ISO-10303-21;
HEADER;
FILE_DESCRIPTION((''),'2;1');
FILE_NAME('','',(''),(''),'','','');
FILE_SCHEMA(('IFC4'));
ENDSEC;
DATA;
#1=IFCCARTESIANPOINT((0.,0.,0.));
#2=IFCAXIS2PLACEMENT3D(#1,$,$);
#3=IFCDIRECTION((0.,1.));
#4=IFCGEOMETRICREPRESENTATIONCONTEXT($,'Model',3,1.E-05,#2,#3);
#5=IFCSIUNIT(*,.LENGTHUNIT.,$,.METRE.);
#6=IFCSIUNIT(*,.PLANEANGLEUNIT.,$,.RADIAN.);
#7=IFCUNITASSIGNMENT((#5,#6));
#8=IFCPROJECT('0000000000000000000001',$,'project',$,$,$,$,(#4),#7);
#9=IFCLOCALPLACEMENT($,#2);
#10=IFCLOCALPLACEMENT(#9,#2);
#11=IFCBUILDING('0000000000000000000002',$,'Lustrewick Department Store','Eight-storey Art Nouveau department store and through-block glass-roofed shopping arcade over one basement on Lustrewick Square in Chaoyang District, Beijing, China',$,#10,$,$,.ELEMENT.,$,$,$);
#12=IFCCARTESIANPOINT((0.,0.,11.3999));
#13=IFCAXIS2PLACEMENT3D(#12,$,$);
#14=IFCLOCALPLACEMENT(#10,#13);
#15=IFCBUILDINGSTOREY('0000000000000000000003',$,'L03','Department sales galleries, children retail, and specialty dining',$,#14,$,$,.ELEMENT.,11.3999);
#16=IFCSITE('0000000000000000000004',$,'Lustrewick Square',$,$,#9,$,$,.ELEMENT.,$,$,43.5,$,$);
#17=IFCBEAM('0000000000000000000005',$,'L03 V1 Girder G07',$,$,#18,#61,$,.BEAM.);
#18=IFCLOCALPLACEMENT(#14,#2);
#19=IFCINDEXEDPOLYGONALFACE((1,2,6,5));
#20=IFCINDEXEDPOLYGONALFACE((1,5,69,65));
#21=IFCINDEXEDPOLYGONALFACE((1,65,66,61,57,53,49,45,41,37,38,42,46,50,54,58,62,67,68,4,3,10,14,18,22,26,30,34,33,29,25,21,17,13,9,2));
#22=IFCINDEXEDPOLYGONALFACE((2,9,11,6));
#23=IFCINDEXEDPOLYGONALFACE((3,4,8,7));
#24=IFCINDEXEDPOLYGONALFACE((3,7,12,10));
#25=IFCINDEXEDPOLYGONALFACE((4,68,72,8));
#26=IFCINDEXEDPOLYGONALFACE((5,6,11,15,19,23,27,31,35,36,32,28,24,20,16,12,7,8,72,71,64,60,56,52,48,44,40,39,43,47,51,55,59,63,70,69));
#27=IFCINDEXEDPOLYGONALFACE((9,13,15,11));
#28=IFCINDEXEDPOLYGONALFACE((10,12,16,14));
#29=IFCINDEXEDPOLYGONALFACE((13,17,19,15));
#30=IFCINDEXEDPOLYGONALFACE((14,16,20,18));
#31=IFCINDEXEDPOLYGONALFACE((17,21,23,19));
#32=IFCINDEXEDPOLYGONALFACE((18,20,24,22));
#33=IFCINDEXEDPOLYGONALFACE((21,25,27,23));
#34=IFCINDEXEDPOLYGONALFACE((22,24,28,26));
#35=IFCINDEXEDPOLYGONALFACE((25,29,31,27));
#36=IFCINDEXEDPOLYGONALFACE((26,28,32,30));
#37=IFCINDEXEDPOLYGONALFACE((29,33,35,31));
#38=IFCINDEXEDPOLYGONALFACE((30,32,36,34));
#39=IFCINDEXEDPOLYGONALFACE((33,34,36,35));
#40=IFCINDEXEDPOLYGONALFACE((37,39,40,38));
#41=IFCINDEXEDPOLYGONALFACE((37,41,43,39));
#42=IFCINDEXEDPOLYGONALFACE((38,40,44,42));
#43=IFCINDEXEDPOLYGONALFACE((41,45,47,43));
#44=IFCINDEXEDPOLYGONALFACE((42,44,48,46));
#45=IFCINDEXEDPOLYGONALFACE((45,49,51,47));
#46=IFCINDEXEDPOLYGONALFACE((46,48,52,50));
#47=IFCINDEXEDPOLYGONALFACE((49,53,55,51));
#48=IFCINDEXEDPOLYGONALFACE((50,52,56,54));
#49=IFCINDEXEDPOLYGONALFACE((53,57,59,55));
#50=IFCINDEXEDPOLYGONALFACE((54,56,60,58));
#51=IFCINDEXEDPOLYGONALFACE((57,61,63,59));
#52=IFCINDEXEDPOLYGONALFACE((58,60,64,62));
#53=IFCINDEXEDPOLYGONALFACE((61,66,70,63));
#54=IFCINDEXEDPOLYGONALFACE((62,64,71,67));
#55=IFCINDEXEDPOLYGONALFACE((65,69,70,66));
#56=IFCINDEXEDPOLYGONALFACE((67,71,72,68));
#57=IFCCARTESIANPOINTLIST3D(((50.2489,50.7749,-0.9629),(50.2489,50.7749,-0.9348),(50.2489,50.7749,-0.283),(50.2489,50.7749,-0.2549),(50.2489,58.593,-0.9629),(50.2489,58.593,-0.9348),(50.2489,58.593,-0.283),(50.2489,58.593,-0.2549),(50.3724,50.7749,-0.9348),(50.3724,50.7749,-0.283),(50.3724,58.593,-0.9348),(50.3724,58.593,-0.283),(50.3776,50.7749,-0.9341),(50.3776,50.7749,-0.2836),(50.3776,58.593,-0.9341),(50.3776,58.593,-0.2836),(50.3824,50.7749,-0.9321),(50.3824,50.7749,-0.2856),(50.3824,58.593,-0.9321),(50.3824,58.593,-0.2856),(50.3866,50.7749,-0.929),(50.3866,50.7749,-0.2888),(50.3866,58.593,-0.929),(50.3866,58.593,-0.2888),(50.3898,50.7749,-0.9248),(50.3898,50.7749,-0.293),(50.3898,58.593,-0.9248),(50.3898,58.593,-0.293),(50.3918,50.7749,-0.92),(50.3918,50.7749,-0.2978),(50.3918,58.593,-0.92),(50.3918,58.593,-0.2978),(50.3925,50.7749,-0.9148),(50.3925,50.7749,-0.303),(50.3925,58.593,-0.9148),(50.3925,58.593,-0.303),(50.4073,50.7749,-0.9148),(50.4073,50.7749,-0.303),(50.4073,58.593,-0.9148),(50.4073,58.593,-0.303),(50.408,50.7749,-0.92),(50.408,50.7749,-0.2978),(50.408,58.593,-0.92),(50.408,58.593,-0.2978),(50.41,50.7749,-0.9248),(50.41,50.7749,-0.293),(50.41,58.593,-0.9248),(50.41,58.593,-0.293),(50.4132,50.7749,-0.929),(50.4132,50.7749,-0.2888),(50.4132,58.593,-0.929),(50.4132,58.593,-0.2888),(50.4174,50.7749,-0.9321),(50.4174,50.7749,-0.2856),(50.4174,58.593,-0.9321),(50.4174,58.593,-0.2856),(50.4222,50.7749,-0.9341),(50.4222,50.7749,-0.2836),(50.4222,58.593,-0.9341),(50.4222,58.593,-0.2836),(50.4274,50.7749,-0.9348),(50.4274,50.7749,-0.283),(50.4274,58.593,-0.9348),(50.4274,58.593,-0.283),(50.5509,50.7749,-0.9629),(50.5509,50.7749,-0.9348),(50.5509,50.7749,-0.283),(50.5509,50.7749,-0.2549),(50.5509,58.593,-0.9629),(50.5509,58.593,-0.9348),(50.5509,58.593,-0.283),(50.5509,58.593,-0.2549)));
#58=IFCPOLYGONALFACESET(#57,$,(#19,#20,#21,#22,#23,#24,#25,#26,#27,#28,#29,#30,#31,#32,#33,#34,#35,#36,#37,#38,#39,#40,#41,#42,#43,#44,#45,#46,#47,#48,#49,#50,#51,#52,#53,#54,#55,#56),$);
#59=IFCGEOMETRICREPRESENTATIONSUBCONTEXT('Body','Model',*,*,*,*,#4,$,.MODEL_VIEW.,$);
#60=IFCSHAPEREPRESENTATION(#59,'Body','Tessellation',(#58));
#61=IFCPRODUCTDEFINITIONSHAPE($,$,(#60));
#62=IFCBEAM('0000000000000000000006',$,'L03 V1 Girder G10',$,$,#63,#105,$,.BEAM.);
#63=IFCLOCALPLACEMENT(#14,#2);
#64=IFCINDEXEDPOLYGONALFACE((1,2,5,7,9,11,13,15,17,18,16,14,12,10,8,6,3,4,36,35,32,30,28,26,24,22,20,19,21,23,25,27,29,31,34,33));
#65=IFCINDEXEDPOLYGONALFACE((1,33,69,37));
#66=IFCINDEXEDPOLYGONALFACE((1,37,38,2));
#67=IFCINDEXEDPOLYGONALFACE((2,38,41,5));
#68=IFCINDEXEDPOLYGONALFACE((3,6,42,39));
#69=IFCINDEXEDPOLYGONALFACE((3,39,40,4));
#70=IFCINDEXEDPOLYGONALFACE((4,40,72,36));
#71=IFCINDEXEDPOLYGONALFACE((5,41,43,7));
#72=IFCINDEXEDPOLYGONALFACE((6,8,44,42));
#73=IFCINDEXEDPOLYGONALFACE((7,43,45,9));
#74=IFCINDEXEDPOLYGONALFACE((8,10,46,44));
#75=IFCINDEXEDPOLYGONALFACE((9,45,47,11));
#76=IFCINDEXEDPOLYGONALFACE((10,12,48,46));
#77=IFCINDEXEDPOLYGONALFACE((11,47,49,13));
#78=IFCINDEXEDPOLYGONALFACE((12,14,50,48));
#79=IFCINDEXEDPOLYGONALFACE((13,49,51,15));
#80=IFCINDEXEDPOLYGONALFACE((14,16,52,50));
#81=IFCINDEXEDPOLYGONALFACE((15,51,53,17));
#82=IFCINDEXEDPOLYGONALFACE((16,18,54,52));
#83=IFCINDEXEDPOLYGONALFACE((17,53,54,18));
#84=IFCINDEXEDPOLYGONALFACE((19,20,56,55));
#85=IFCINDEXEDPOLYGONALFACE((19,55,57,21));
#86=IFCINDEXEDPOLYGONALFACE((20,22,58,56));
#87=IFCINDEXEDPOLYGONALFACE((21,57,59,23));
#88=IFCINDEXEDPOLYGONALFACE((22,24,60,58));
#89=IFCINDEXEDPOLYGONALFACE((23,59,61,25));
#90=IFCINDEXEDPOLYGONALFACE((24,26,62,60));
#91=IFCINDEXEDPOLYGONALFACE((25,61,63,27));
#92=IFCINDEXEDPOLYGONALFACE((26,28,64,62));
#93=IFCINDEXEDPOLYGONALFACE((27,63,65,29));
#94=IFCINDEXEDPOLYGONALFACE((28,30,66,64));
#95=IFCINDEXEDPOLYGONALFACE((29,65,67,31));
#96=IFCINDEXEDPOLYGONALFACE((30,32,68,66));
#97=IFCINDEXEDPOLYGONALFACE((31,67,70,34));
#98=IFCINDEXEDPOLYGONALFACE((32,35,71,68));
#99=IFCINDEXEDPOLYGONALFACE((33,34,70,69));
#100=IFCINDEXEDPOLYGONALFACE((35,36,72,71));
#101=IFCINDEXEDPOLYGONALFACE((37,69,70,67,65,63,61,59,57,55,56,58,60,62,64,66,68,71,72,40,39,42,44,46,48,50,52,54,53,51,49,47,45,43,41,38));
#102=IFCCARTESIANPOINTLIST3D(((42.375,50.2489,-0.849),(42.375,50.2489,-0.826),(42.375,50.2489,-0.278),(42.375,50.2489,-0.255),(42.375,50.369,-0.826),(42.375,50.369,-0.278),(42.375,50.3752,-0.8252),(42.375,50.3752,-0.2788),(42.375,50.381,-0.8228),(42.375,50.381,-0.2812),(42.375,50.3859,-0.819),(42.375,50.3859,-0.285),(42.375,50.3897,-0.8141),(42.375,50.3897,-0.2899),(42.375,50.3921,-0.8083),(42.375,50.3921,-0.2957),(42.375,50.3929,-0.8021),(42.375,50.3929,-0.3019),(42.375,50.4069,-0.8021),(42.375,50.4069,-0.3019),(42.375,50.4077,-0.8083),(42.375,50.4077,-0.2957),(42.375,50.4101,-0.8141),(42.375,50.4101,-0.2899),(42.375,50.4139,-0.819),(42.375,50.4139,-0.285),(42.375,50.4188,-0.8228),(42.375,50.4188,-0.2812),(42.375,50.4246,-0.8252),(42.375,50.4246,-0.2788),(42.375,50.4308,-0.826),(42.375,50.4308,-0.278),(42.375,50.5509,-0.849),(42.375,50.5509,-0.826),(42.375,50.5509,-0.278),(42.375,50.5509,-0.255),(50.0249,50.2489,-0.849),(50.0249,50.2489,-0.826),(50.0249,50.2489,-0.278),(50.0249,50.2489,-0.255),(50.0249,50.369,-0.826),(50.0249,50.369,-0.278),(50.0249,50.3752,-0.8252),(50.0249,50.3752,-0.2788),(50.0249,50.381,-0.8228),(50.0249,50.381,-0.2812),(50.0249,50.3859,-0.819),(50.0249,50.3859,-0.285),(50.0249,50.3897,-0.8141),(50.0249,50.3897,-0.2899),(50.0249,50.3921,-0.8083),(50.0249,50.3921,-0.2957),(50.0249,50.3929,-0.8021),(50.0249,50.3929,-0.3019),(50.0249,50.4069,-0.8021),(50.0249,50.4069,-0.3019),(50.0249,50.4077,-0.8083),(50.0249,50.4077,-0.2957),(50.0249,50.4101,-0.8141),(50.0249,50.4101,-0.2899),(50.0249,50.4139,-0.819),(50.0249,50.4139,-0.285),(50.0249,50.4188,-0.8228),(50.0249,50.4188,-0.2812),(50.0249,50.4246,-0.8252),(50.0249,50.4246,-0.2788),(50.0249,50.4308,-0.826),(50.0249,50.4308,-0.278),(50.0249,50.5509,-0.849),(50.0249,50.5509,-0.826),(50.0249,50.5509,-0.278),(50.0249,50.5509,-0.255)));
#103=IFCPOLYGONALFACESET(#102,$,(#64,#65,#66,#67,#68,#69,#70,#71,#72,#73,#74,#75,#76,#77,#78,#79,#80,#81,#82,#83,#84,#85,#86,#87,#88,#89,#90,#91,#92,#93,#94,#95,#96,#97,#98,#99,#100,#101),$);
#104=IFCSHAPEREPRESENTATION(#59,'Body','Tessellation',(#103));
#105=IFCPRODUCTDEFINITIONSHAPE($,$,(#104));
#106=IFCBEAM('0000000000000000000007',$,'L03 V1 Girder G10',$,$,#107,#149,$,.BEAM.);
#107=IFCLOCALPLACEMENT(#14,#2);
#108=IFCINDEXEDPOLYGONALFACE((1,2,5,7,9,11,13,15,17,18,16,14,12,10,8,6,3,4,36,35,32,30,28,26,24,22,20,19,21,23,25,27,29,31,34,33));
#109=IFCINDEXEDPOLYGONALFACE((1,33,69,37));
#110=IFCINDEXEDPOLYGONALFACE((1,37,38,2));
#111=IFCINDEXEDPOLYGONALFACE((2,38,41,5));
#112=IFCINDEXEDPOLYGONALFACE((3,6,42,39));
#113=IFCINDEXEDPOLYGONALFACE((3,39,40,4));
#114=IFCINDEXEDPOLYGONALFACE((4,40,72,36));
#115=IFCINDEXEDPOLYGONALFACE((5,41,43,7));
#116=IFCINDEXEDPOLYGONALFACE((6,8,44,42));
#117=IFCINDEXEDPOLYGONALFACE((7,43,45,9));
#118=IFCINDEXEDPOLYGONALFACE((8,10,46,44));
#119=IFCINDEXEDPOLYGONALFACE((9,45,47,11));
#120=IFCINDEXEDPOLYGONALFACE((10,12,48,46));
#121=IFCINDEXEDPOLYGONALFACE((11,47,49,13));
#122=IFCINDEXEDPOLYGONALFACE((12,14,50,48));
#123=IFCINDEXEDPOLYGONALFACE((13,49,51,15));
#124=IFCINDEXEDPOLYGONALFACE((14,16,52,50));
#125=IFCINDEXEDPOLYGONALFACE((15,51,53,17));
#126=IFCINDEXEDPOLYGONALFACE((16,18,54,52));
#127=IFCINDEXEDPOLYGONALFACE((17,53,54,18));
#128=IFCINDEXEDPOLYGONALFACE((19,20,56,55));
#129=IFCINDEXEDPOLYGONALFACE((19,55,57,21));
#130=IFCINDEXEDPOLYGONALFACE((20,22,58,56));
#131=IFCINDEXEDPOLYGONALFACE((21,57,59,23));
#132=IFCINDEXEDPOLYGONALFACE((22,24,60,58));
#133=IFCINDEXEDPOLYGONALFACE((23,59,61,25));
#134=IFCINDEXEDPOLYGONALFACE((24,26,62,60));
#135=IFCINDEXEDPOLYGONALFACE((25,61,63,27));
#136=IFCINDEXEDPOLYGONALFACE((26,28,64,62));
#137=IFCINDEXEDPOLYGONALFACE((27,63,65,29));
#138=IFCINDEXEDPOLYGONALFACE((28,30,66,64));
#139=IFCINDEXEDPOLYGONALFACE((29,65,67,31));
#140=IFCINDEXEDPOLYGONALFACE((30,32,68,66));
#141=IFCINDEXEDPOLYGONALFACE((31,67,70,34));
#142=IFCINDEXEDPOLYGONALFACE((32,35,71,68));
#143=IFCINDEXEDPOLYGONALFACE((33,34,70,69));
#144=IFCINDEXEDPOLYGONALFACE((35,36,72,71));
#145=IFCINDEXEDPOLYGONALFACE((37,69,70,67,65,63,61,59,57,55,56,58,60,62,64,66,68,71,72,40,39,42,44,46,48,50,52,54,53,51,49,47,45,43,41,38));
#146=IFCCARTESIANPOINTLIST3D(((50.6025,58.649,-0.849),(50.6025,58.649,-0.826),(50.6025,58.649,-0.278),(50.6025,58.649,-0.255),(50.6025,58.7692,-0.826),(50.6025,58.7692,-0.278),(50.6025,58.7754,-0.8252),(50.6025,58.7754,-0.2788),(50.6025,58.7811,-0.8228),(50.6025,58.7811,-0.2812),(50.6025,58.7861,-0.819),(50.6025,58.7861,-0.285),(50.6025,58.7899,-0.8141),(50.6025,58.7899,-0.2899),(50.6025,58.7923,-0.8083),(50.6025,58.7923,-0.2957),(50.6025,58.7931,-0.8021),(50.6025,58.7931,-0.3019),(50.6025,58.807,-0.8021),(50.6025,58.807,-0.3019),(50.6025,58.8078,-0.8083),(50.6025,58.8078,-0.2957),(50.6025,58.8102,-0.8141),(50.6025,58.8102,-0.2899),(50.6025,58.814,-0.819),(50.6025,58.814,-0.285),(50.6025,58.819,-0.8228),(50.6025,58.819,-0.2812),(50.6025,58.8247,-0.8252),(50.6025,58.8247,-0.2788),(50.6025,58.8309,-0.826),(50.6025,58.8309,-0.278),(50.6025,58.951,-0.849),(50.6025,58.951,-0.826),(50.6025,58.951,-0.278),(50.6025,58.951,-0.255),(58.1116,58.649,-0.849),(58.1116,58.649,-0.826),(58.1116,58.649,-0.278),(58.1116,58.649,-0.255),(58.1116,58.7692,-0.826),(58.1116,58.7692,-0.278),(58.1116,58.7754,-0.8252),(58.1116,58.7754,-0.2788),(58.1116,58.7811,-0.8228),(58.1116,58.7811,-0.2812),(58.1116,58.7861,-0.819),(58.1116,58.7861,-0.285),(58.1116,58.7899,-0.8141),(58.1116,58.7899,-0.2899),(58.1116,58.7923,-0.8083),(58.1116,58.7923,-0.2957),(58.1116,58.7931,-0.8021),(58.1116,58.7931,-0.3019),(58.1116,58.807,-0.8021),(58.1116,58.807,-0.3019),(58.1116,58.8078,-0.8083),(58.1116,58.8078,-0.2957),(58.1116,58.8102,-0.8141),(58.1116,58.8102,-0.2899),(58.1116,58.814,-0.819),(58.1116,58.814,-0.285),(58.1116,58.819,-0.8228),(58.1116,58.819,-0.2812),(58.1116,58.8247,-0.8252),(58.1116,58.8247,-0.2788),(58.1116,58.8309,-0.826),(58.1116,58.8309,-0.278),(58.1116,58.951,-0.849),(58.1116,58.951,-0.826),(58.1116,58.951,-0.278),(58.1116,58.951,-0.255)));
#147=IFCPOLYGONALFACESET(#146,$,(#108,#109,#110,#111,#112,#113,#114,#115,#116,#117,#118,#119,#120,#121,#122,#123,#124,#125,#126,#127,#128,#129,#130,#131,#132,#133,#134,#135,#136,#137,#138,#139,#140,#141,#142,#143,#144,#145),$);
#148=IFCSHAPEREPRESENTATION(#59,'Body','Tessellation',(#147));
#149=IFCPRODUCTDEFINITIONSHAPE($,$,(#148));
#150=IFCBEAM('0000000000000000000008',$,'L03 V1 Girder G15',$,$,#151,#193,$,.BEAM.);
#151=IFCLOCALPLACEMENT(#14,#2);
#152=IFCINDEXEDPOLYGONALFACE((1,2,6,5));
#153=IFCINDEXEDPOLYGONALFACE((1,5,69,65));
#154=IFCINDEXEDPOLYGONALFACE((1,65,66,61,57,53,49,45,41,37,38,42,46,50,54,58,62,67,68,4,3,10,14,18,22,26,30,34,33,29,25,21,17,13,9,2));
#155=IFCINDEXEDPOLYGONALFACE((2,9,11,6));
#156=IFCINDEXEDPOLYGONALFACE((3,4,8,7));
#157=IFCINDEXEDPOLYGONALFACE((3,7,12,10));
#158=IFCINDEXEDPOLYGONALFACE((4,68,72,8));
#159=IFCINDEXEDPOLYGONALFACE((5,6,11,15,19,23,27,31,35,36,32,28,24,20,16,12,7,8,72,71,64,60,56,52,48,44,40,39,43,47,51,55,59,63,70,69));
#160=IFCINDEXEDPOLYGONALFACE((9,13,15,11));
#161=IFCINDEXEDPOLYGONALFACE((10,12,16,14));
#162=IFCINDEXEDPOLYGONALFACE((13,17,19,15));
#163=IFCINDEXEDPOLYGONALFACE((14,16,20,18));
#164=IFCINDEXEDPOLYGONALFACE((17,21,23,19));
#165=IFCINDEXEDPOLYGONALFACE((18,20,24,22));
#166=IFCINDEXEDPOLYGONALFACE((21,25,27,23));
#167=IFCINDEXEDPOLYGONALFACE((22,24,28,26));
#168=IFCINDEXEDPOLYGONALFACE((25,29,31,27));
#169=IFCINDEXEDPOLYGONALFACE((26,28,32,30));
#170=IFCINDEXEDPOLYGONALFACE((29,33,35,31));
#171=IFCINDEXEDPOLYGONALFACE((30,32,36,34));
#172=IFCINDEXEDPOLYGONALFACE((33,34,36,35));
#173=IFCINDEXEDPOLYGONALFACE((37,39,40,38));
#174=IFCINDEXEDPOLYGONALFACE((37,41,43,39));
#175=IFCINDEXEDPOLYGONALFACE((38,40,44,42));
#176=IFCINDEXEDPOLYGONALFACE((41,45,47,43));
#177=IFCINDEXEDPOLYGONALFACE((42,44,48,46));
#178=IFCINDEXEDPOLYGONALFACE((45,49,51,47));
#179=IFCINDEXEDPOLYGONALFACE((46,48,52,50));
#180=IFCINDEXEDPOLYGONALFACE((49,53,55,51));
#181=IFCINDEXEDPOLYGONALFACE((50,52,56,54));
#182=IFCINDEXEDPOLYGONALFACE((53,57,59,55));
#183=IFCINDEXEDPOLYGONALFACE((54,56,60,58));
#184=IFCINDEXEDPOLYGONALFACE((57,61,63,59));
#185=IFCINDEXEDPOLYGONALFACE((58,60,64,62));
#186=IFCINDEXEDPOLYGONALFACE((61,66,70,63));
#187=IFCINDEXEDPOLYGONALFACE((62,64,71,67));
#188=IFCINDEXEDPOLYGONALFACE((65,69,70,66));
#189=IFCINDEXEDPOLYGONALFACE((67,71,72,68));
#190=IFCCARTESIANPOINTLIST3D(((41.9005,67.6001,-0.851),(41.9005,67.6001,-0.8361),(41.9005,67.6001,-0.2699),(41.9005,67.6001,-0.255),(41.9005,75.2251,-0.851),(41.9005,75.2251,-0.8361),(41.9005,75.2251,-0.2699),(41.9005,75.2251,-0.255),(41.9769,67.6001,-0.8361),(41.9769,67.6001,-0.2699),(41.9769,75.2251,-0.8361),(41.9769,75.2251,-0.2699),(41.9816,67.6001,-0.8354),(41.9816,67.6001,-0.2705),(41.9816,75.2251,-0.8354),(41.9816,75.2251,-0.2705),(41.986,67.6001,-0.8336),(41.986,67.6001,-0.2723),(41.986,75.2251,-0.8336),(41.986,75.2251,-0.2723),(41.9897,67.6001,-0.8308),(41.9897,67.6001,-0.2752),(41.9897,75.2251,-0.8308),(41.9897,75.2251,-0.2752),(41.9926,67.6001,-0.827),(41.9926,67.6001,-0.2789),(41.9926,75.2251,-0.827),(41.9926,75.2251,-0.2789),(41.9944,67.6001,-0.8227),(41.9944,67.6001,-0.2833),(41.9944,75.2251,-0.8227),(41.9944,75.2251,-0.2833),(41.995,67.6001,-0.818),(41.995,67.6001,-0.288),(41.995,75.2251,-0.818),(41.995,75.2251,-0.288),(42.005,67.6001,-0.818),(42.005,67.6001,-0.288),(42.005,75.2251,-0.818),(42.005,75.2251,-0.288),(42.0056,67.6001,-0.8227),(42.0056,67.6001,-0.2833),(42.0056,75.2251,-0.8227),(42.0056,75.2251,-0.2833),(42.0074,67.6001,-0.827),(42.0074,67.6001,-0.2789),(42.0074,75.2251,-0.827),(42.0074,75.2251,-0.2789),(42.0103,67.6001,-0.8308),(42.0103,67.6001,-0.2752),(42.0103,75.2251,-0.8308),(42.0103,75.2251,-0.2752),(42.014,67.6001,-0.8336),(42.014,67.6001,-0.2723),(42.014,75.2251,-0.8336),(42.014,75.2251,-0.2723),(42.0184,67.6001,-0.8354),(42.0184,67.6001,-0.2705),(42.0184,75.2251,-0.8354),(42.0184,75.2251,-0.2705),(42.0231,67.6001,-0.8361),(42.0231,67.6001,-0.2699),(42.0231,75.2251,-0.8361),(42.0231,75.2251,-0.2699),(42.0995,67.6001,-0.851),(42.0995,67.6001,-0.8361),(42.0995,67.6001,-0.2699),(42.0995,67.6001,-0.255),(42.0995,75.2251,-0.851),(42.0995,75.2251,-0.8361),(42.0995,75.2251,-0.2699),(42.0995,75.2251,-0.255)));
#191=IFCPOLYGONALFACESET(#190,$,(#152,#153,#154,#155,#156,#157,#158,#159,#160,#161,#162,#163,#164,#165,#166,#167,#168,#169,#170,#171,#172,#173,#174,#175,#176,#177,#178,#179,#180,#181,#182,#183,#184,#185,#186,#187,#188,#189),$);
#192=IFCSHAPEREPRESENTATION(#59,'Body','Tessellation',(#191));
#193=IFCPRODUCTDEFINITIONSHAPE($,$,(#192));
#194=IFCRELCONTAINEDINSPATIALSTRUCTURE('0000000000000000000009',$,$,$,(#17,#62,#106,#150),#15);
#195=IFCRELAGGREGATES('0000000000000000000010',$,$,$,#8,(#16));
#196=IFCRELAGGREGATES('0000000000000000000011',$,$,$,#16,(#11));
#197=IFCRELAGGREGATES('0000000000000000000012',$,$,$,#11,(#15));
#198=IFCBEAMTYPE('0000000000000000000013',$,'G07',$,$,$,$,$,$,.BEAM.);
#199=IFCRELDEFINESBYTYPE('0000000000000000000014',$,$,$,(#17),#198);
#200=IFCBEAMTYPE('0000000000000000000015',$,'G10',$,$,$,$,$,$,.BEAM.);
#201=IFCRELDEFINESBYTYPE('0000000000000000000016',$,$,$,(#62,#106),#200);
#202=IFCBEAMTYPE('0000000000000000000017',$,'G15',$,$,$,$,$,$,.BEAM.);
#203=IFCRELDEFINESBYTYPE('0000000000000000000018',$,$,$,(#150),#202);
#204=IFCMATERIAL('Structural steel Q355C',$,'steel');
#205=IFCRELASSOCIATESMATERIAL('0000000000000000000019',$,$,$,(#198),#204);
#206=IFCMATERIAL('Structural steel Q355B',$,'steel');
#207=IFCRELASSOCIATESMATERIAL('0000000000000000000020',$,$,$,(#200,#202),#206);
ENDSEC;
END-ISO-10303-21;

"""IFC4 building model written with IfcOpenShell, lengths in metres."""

from ifc_helpers import new_model, si_unit, direction, frame, origin, origin_2d, place, context, subcontext, project, spatial, i_section, extrude, material, material_profile, profile_set, type_object, element, save


model = new_model("IFC4")

# Units and contexts
model_context = context("Model", 3, precision=1e-05, world=origin(), true_north=direction((0.0, 1.0)))
body_context = subcontext(model_context, "Body", "Model", "MODEL_VIEW")
ifc_project = project(units=[si_unit("LENGTHUNIT", "METRE"), si_unit("PLANEANGLEUNIT", "RADIAN")], contexts=[model_context])

# Site, building, storey
site_placement = place(None, origin())
site = spatial("IfcSite", under=ifc_project, at=site_placement, Name="Lustrewick Square", CompositionType="ELEMENT", RefElevation=43.5)
building_placement = place(site_placement, origin())
building = spatial("IfcBuilding", under=site, at=building_placement, Name="Lustrewick Department Store", Description="Eight-storey Art Nouveau department store and through-block glass-roofed shopping arcade over one basement on Lustrewick Square in Chaoyang District, Beijing, China", CompositionType="ELEMENT")
storey_placement = place(building_placement, frame((0.0, 0.0, 11.3999)))
storey = spatial("IfcBuildingStorey", under=building, at=storey_placement, Name="L03", Description="Department sales galleries, children retail, and specialty dining", CompositionType="ELEMENT", Elevation=11.3999)

# Shared definitions
ifc_material_1 = material(Name="Structural steel Q355B", Category="steel")
ifc_material_2 = material(Name="Structural steel Q355C", Category="steel")

# Beams
ifc_material_profile_1 = material_profile(ifc_material_2, i_section(OverallWidth=0.302, OverallDepth=0.708, WebThickness=0.0149, FlangeThickness=0.0281, FilletRadius=0.02, at=origin_2d()), Name="HN 708x302x15x28")
ifc_profile_set_1 = profile_set([ifc_material_profile_1], Name="Structural steel Q355C")
beam_type_1 = type_object("IfcBeamType", Name="G07", PredefinedType="BEAM", material=ifc_profile_set_1)
beam_1_placement = place(storey_placement, frame((50.3999, 50.7749, -0.6089), z_axis=(0.0, 1.0, 0.0), x_axis=(-1.0, 0.0, 0.0)))
element("IfcBeam", 1, at=beam_1_placement, inside=storey, type_object=beam_type_1, Name="L03 V1 Girder G07", PredefinedType="BEAM", context=body_context, shape_type="SweptSolid", body=[
    extrude(i_section(OverallWidth=0.302, OverallDepth=0.708, WebThickness=0.0149, FlangeThickness=0.0281, FilletRadius=0.02, at=origin_2d()), origin(), (0.0, 0.0, 1.0), 7.8181),
])
ifc_material_profile_2 = material_profile(ifc_material_1, i_section(OverallWidth=0.302, OverallDepth=0.594, WebThickness=0.0139, FlangeThickness=0.0229, FilletRadius=0.0239, at=origin_2d()), Name="HM 594x302x14x23")
ifc_profile_set_2 = profile_set([ifc_material_profile_2], Name="Structural steel Q355B")
beam_type_2 = type_object("IfcBeamType", Name="G10", PredefinedType="BEAM", material=ifc_profile_set_2)
beam_2_placement = place(storey_placement, frame((42.375, 50.3999, -0.552), z_axis=(1.0, 0.0, 0.0), x_axis=(0.0, 1.0, 0.0)))
element("IfcBeam", 2, at=beam_2_placement, inside=storey, type_object=beam_type_2, Name="L03 V1 Girder G10", PredefinedType="BEAM", context=body_context, shape_type="SweptSolid", body=[
    extrude(i_section(OverallWidth=0.302, OverallDepth=0.594, WebThickness=0.0139, FlangeThickness=0.0229, FilletRadius=0.0239, at=origin_2d()), origin(), (0.0, 0.0, 1.0), 7.6499),
])
beam_3_placement = place(storey_placement, frame((50.6025, 58.8, -0.552), z_axis=(1.0, 0.0, 0.0), x_axis=(0.0, 1.0, 0.0)))
element("IfcBeam", 3, at=beam_3_placement, inside=storey, type_object=beam_type_2, Name="L03 V1 Girder G10", PredefinedType="BEAM", context=body_context, shape_type="SweptSolid", body=[
    extrude(i_section(OverallWidth=0.302, OverallDepth=0.594, WebThickness=0.0139, FlangeThickness=0.0229, FilletRadius=0.0239, at=origin_2d()), origin(), (0.0, 0.0, 1.0), 7.509),
])
ifc_material_profile_3 = material_profile(ifc_material_1, i_section(OverallWidth=0.199, OverallDepth=0.5959, WebThickness=0.01, FlangeThickness=0.0149, FilletRadius=0.0181, at=origin_2d()), Name="HN 596x199x10x15")
ifc_profile_set_3 = profile_set([ifc_material_profile_3], Name="Structural steel Q355B")
beam_type_3 = type_object("IfcBeamType", Name="G15", PredefinedType="BEAM", material=ifc_profile_set_3)
beam_4_placement = place(storey_placement, frame((42.0, 67.6001, -0.553), z_axis=(0.0, 1.0, 0.0), x_axis=(-1.0, 0.0, 0.0)))
element("IfcBeam", 4, at=beam_4_placement, inside=storey, type_object=beam_type_3, Name="L03 V1 Girder G15", PredefinedType="BEAM", context=body_context, shape_type="SweptSolid", body=[
    extrude(i_section(OverallWidth=0.199, OverallDepth=0.5959, WebThickness=0.01, FlangeThickness=0.0149, FilletRadius=0.0181, at=origin_2d()), origin(), (0.0, 0.0, 1.0), 7.625),
])

save(model, "model.ifc")
